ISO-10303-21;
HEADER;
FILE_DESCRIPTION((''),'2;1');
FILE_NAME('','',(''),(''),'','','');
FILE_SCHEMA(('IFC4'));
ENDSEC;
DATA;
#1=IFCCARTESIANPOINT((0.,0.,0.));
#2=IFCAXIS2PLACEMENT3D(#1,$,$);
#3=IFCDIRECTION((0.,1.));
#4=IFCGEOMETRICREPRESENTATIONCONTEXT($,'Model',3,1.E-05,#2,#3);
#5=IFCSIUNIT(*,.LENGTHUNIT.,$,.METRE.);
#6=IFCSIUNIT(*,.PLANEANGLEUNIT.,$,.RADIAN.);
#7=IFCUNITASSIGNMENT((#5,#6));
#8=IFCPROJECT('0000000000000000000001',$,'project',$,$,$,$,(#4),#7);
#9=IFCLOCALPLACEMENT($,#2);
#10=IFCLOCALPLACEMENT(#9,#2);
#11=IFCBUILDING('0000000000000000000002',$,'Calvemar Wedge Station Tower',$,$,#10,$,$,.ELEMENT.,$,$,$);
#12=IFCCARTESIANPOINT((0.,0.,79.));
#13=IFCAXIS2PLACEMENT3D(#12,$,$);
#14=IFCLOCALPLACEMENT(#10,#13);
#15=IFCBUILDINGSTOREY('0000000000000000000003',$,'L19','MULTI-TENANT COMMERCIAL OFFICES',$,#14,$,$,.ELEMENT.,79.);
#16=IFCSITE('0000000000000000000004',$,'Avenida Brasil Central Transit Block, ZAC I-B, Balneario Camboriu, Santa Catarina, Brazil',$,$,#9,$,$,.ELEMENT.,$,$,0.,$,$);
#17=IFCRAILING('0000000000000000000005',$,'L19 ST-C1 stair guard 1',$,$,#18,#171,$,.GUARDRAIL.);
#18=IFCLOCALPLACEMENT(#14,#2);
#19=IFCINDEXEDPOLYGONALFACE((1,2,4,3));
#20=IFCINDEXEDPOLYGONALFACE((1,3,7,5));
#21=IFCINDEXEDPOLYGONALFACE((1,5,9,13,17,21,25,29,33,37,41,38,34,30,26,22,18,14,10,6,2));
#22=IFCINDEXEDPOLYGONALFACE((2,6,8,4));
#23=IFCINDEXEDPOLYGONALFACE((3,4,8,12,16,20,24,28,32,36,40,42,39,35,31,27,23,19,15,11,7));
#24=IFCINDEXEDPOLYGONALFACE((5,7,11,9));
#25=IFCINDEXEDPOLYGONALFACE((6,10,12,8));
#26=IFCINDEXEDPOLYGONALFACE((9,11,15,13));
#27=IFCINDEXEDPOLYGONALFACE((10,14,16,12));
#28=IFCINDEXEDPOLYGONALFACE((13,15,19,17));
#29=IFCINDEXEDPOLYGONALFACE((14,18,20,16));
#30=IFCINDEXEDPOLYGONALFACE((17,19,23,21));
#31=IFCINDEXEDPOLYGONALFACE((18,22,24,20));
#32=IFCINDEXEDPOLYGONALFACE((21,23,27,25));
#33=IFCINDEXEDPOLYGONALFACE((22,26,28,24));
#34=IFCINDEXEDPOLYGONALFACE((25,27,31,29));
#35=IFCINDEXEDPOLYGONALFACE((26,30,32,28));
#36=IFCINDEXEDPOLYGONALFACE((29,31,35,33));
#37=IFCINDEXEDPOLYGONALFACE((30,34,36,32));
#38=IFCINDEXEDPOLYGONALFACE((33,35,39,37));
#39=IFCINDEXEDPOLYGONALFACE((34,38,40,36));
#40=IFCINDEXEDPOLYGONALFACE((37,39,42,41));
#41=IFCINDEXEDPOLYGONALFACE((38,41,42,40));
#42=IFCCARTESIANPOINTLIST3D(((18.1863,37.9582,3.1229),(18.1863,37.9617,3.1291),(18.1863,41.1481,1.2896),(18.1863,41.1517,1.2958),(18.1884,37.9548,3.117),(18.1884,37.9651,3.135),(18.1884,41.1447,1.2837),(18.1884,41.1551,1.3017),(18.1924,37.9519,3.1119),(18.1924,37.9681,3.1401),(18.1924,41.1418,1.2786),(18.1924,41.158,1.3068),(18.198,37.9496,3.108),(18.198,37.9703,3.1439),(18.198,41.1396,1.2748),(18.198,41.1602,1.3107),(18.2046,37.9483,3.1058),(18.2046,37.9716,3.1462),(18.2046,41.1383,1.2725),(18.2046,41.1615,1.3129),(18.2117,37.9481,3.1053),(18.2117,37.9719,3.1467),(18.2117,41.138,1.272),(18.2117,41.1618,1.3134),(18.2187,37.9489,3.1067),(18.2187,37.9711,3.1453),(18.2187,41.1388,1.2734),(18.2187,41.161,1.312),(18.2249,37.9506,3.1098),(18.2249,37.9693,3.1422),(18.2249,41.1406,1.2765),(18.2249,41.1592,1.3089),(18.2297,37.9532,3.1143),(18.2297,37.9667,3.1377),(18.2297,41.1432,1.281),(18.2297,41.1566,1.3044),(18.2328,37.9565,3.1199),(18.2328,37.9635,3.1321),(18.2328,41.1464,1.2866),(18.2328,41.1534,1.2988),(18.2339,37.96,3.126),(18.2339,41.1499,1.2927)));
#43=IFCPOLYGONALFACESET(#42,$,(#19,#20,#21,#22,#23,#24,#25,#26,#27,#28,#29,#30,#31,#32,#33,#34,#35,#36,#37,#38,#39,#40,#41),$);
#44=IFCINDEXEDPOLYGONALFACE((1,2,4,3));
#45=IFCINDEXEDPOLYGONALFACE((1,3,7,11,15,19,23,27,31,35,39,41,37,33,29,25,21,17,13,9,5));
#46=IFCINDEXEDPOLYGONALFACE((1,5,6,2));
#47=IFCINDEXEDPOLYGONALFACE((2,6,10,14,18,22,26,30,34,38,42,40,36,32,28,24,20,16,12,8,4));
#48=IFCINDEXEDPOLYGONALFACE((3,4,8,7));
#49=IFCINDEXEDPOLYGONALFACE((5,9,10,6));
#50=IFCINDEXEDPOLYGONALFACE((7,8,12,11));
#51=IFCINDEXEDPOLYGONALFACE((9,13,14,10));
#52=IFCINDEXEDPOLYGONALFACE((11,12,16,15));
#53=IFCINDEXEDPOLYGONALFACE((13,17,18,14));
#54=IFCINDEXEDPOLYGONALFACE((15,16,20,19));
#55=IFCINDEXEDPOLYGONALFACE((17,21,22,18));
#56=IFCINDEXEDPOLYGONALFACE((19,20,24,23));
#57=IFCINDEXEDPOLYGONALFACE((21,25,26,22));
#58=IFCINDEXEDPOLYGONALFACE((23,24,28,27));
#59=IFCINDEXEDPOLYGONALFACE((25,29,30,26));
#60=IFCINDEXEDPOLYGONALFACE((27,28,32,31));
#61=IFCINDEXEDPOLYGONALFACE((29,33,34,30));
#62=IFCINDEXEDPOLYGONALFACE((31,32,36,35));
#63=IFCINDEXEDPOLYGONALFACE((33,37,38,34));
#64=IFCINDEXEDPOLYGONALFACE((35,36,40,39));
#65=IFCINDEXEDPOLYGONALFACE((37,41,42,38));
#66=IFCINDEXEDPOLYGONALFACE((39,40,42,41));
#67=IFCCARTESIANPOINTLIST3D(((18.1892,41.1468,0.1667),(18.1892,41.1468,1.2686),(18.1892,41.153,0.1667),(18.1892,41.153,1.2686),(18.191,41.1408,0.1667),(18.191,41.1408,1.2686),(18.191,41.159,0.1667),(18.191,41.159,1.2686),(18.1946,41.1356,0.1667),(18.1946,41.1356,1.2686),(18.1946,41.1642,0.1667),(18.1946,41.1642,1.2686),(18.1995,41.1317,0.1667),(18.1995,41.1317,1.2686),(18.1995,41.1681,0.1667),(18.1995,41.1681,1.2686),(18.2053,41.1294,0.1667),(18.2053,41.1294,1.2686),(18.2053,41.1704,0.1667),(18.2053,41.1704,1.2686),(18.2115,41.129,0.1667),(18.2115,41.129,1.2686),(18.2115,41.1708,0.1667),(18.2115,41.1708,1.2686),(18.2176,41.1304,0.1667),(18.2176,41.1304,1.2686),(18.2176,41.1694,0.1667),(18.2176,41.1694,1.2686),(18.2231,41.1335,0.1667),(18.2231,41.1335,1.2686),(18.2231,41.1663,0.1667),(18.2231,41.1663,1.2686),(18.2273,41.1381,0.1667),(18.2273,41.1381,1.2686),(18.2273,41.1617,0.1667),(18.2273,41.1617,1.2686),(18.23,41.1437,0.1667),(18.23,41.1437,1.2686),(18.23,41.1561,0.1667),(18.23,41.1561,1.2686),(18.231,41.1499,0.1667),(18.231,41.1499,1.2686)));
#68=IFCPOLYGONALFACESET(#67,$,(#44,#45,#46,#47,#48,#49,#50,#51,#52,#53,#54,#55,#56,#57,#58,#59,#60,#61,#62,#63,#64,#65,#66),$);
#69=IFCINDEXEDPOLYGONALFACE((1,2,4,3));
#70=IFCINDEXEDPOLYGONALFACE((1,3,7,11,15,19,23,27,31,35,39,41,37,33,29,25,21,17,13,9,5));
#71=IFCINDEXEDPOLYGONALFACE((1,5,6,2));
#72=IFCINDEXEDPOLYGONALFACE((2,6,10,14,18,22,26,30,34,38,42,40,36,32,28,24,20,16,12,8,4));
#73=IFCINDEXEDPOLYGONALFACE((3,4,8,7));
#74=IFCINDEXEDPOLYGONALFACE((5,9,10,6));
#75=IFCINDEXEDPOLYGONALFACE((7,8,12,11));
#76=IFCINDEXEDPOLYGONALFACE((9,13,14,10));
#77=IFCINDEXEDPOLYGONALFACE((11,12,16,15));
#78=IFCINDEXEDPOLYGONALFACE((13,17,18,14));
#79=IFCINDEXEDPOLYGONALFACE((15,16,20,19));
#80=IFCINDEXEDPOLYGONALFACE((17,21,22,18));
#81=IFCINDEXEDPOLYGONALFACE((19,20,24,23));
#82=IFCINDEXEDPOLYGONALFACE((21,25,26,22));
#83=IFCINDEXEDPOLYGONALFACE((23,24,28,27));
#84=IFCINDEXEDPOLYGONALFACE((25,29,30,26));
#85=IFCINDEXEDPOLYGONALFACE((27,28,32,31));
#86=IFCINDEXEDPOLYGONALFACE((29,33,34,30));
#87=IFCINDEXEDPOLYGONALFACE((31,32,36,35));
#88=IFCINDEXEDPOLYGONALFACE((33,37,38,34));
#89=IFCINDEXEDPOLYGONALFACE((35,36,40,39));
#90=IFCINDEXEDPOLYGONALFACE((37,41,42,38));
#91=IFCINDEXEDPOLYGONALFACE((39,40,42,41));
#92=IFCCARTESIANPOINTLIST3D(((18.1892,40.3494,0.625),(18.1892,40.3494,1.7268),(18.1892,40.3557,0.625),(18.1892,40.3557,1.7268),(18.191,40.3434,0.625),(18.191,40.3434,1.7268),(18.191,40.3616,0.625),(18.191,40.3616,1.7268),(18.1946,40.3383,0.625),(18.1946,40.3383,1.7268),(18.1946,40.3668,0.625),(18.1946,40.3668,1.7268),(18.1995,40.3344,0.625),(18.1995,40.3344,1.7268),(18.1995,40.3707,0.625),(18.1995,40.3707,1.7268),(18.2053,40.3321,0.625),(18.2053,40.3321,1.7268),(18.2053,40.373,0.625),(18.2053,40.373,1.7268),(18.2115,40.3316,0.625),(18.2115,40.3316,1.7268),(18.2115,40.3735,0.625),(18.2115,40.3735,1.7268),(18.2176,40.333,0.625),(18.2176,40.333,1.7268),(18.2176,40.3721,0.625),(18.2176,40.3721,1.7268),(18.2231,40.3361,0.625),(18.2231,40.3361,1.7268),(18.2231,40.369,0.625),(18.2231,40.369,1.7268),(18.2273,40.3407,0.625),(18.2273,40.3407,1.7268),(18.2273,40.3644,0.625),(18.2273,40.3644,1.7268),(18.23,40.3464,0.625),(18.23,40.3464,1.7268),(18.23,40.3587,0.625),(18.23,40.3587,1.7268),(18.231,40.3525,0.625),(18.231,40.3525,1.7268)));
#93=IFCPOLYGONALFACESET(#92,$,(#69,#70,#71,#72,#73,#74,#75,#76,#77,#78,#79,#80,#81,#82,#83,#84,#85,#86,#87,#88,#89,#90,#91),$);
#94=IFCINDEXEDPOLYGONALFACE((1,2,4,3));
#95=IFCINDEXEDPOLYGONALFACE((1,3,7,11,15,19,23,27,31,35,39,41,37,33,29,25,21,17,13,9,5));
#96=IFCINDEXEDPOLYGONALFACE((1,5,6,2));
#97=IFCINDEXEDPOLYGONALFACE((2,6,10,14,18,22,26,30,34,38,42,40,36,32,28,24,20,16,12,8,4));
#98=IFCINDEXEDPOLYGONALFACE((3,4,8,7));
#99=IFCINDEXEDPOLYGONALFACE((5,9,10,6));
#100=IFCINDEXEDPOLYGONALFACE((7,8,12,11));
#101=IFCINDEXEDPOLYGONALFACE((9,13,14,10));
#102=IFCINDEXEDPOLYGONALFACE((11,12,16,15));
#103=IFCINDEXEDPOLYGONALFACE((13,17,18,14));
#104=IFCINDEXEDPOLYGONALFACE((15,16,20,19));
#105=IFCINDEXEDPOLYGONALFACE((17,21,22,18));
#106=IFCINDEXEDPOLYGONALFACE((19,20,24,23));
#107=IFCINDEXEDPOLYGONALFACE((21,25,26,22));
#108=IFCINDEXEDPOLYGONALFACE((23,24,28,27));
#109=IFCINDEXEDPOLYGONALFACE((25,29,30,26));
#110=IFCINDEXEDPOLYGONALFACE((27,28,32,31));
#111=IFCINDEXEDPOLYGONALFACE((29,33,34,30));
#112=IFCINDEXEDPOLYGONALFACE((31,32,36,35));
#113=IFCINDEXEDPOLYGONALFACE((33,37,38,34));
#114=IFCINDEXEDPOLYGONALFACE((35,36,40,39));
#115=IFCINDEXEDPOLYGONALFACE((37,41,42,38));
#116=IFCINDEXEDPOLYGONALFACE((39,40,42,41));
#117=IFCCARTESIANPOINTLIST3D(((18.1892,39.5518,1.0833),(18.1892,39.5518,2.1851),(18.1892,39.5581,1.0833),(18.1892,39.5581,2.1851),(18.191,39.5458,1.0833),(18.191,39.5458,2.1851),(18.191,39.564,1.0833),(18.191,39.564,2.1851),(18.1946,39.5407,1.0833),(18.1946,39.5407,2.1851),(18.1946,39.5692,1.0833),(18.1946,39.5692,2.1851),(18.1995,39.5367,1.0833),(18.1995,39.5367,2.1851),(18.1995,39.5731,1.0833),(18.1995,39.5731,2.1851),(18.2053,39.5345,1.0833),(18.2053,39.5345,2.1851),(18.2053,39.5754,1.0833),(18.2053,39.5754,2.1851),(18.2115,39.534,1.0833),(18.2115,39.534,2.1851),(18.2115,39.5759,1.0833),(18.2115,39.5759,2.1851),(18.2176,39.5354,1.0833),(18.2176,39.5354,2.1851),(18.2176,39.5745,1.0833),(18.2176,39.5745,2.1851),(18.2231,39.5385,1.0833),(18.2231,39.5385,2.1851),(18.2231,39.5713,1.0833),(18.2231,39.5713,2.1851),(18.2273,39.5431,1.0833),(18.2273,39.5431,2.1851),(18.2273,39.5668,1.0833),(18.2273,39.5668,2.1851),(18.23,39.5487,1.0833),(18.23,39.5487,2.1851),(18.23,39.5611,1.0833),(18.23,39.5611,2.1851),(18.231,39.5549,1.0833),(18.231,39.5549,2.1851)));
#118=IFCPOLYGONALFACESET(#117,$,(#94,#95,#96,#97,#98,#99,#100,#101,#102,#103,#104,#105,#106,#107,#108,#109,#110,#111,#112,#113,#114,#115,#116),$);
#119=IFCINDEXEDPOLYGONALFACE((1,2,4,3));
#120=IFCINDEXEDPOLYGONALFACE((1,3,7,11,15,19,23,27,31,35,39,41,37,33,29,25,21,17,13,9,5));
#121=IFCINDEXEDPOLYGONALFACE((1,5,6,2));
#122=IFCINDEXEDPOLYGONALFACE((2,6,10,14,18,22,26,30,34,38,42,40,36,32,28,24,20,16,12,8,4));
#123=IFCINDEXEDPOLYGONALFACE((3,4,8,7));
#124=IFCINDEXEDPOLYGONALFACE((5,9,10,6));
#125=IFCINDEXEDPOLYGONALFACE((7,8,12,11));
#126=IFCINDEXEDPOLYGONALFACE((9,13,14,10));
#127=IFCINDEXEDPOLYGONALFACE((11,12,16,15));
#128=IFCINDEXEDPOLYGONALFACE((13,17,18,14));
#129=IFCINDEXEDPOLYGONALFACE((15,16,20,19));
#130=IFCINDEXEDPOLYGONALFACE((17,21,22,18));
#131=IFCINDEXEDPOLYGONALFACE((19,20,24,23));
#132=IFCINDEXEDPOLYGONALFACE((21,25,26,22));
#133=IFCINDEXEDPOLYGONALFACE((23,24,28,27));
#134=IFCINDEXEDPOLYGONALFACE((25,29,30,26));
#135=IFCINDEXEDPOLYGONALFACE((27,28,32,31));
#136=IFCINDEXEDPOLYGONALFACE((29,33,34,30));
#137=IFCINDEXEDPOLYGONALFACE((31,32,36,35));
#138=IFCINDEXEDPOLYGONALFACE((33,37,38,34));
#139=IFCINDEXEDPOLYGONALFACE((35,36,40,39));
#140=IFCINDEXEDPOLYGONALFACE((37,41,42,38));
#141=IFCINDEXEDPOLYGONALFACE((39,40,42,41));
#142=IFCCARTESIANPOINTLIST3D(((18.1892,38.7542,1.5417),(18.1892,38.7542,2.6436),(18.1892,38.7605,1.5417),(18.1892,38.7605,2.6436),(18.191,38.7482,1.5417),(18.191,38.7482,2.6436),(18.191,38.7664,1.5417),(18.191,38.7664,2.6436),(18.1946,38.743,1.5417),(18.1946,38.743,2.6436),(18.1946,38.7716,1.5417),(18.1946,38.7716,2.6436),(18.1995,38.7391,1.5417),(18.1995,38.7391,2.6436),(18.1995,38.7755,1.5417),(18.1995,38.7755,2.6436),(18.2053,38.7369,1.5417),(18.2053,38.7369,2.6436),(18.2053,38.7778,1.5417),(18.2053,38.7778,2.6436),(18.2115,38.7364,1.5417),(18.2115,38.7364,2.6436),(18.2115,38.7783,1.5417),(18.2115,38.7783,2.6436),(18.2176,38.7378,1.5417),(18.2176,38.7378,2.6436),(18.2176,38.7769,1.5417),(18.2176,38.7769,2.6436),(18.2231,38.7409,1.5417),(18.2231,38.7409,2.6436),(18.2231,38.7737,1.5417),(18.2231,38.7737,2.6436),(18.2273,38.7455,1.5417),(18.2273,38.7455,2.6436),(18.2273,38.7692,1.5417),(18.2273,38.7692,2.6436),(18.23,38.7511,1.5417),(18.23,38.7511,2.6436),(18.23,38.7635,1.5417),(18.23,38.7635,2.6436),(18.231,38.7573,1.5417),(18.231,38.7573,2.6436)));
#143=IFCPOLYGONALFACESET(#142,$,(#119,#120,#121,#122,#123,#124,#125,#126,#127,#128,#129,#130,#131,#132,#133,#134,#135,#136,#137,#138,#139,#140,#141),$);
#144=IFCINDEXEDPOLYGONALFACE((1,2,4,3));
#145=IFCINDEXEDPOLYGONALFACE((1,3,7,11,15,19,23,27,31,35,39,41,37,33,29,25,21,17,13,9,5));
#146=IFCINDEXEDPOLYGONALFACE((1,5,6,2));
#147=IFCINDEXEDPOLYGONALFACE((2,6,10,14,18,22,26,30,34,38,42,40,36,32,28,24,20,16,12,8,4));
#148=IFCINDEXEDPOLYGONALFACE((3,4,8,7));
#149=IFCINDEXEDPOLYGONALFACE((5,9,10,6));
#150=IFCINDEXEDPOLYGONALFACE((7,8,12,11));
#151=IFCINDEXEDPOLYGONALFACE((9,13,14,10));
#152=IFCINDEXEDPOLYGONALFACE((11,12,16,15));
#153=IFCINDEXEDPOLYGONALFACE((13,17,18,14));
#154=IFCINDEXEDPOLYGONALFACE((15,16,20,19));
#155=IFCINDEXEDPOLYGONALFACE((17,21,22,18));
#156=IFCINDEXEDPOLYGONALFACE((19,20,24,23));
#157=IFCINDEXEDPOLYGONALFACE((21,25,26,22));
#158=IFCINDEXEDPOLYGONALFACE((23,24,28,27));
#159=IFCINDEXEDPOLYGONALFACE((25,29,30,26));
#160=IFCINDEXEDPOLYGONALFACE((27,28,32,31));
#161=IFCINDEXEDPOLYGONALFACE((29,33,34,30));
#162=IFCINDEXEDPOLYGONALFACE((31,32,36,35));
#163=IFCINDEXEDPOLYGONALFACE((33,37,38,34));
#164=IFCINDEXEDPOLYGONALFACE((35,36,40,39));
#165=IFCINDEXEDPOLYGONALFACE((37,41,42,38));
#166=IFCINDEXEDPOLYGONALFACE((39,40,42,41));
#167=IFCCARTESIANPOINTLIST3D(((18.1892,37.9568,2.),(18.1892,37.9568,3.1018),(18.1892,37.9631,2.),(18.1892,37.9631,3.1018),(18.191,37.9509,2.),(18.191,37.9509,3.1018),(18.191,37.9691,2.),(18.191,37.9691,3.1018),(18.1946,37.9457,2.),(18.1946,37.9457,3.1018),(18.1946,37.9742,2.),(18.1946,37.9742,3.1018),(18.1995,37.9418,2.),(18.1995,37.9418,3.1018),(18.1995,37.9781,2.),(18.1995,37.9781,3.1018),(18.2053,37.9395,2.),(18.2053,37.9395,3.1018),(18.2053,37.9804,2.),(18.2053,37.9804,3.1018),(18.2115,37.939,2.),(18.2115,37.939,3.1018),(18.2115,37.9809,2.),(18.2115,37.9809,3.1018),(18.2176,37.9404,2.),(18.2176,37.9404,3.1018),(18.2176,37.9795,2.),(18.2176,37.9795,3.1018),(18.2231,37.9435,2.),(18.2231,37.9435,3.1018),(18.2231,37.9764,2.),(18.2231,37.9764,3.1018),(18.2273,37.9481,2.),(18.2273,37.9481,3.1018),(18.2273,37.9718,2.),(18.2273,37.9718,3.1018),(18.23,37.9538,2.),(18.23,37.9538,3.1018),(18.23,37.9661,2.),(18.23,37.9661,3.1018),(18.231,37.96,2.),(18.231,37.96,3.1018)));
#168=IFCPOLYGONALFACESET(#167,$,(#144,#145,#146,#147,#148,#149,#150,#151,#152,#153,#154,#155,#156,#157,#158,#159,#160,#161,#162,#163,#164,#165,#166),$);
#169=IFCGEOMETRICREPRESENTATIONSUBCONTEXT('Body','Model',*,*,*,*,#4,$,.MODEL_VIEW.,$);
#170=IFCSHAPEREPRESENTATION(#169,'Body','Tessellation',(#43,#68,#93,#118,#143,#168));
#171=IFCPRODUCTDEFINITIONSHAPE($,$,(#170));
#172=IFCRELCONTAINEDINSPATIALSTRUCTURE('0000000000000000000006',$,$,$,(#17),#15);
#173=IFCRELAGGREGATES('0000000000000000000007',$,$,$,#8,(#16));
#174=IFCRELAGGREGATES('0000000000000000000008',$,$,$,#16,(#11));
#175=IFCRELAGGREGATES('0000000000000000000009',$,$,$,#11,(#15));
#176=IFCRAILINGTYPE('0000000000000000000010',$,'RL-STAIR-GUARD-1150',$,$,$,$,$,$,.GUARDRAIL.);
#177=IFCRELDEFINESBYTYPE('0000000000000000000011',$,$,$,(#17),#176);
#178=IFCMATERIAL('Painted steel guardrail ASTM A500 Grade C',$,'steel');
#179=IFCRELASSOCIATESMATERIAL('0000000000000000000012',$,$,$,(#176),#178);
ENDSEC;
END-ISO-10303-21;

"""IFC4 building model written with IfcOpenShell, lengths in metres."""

from ifc_helpers import new_model, si_unit, direction, frame, origin, origin_2d, place, context, subcontext, project, spatial, circle, extrude, material, type_object, element, save


model = new_model("IFC4")

# Units and contexts
model_context = context("Model", 3, precision=1e-05, world=origin(), true_north=direction((0.0, 1.0)))
body_context = subcontext(model_context, "Body", "Model", "MODEL_VIEW")
ifc_project = project(units=[si_unit("LENGTHUNIT", "METRE"), si_unit("PLANEANGLEUNIT", "RADIAN")], contexts=[model_context])

# Site, building, storey
site_placement = place(None, origin())
site = spatial("IfcSite", under=ifc_project, at=site_placement, Name="Avenida Brasil Central Transit Block, ZAC I-B, Balneario Camboriu, Santa Catarina, Brazil", CompositionType="ELEMENT", RefElevation=0.0)
building_placement = place(site_placement, origin())
building = spatial("IfcBuilding", under=site, at=building_placement, Name="Calvemar Wedge Station Tower", CompositionType="ELEMENT")
storey_placement = place(building_placement, frame((0.0, 0.0, 79.0)))
storey = spatial("IfcBuildingStorey", under=building, at=storey_placement, Name="L19", Description="MULTI-TENANT COMMERCIAL OFFICES", CompositionType="ELEMENT", Elevation=79.0)

# Railing
ifc_material_1 = material(Name="Painted steel guardrail ASTM A500 Grade C", Category="steel")
railing_type_1 = type_object("IfcRailingType", Name="RL-STAIR-GUARD-1150", PredefinedType="GUARDRAIL", material=ifc_material_1)
railing_1_placement = place(storey_placement, frame((18.21, 41.1499, 0.1667)))
element("IfcRailing", 1, at=railing_1_placement, inside=storey, type_object=railing_type_1, Name="L19 ST-C1 stair guard 1", PredefinedType="GUARDRAIL", context=body_context, shape_type="SweptSolid", body=[
    extrude(circle(Radius=0.0239, at=origin_2d()), frame((0.0, 0.0, 1.126), z_axis=(0.0, -0.86702, 0.498274), x_axis=(1.0, 0.0, 0.0)), (0.0, 0.0, 1.0), 3.6792),
    extrude(circle(Radius=0.021, at=origin_2d()), origin(), (0.0, 0.0, 1.0), 1.1018),
    extrude(circle(Radius=0.021, at=origin_2d()), frame((0.0, -0.7974, 0.4583)), (0.0, 0.0, 1.0), 1.1018),
    extrude(circle(Radius=0.021, at=origin_2d()), frame((0.0, -1.595, 0.9165)), (0.0, 0.0, 1.0), 1.1018),
    extrude(circle(Radius=0.021, at=origin_2d()), frame((0.0, -2.3926, 1.375)), (0.0, 0.0, 1.0), 1.1018),
    extrude(circle(Radius=0.021, at=origin_2d()), frame((0.0, -3.1899, 1.8333)), (0.0, 0.0, 1.0), 1.1018),
])

save(model, "model.ifc")
